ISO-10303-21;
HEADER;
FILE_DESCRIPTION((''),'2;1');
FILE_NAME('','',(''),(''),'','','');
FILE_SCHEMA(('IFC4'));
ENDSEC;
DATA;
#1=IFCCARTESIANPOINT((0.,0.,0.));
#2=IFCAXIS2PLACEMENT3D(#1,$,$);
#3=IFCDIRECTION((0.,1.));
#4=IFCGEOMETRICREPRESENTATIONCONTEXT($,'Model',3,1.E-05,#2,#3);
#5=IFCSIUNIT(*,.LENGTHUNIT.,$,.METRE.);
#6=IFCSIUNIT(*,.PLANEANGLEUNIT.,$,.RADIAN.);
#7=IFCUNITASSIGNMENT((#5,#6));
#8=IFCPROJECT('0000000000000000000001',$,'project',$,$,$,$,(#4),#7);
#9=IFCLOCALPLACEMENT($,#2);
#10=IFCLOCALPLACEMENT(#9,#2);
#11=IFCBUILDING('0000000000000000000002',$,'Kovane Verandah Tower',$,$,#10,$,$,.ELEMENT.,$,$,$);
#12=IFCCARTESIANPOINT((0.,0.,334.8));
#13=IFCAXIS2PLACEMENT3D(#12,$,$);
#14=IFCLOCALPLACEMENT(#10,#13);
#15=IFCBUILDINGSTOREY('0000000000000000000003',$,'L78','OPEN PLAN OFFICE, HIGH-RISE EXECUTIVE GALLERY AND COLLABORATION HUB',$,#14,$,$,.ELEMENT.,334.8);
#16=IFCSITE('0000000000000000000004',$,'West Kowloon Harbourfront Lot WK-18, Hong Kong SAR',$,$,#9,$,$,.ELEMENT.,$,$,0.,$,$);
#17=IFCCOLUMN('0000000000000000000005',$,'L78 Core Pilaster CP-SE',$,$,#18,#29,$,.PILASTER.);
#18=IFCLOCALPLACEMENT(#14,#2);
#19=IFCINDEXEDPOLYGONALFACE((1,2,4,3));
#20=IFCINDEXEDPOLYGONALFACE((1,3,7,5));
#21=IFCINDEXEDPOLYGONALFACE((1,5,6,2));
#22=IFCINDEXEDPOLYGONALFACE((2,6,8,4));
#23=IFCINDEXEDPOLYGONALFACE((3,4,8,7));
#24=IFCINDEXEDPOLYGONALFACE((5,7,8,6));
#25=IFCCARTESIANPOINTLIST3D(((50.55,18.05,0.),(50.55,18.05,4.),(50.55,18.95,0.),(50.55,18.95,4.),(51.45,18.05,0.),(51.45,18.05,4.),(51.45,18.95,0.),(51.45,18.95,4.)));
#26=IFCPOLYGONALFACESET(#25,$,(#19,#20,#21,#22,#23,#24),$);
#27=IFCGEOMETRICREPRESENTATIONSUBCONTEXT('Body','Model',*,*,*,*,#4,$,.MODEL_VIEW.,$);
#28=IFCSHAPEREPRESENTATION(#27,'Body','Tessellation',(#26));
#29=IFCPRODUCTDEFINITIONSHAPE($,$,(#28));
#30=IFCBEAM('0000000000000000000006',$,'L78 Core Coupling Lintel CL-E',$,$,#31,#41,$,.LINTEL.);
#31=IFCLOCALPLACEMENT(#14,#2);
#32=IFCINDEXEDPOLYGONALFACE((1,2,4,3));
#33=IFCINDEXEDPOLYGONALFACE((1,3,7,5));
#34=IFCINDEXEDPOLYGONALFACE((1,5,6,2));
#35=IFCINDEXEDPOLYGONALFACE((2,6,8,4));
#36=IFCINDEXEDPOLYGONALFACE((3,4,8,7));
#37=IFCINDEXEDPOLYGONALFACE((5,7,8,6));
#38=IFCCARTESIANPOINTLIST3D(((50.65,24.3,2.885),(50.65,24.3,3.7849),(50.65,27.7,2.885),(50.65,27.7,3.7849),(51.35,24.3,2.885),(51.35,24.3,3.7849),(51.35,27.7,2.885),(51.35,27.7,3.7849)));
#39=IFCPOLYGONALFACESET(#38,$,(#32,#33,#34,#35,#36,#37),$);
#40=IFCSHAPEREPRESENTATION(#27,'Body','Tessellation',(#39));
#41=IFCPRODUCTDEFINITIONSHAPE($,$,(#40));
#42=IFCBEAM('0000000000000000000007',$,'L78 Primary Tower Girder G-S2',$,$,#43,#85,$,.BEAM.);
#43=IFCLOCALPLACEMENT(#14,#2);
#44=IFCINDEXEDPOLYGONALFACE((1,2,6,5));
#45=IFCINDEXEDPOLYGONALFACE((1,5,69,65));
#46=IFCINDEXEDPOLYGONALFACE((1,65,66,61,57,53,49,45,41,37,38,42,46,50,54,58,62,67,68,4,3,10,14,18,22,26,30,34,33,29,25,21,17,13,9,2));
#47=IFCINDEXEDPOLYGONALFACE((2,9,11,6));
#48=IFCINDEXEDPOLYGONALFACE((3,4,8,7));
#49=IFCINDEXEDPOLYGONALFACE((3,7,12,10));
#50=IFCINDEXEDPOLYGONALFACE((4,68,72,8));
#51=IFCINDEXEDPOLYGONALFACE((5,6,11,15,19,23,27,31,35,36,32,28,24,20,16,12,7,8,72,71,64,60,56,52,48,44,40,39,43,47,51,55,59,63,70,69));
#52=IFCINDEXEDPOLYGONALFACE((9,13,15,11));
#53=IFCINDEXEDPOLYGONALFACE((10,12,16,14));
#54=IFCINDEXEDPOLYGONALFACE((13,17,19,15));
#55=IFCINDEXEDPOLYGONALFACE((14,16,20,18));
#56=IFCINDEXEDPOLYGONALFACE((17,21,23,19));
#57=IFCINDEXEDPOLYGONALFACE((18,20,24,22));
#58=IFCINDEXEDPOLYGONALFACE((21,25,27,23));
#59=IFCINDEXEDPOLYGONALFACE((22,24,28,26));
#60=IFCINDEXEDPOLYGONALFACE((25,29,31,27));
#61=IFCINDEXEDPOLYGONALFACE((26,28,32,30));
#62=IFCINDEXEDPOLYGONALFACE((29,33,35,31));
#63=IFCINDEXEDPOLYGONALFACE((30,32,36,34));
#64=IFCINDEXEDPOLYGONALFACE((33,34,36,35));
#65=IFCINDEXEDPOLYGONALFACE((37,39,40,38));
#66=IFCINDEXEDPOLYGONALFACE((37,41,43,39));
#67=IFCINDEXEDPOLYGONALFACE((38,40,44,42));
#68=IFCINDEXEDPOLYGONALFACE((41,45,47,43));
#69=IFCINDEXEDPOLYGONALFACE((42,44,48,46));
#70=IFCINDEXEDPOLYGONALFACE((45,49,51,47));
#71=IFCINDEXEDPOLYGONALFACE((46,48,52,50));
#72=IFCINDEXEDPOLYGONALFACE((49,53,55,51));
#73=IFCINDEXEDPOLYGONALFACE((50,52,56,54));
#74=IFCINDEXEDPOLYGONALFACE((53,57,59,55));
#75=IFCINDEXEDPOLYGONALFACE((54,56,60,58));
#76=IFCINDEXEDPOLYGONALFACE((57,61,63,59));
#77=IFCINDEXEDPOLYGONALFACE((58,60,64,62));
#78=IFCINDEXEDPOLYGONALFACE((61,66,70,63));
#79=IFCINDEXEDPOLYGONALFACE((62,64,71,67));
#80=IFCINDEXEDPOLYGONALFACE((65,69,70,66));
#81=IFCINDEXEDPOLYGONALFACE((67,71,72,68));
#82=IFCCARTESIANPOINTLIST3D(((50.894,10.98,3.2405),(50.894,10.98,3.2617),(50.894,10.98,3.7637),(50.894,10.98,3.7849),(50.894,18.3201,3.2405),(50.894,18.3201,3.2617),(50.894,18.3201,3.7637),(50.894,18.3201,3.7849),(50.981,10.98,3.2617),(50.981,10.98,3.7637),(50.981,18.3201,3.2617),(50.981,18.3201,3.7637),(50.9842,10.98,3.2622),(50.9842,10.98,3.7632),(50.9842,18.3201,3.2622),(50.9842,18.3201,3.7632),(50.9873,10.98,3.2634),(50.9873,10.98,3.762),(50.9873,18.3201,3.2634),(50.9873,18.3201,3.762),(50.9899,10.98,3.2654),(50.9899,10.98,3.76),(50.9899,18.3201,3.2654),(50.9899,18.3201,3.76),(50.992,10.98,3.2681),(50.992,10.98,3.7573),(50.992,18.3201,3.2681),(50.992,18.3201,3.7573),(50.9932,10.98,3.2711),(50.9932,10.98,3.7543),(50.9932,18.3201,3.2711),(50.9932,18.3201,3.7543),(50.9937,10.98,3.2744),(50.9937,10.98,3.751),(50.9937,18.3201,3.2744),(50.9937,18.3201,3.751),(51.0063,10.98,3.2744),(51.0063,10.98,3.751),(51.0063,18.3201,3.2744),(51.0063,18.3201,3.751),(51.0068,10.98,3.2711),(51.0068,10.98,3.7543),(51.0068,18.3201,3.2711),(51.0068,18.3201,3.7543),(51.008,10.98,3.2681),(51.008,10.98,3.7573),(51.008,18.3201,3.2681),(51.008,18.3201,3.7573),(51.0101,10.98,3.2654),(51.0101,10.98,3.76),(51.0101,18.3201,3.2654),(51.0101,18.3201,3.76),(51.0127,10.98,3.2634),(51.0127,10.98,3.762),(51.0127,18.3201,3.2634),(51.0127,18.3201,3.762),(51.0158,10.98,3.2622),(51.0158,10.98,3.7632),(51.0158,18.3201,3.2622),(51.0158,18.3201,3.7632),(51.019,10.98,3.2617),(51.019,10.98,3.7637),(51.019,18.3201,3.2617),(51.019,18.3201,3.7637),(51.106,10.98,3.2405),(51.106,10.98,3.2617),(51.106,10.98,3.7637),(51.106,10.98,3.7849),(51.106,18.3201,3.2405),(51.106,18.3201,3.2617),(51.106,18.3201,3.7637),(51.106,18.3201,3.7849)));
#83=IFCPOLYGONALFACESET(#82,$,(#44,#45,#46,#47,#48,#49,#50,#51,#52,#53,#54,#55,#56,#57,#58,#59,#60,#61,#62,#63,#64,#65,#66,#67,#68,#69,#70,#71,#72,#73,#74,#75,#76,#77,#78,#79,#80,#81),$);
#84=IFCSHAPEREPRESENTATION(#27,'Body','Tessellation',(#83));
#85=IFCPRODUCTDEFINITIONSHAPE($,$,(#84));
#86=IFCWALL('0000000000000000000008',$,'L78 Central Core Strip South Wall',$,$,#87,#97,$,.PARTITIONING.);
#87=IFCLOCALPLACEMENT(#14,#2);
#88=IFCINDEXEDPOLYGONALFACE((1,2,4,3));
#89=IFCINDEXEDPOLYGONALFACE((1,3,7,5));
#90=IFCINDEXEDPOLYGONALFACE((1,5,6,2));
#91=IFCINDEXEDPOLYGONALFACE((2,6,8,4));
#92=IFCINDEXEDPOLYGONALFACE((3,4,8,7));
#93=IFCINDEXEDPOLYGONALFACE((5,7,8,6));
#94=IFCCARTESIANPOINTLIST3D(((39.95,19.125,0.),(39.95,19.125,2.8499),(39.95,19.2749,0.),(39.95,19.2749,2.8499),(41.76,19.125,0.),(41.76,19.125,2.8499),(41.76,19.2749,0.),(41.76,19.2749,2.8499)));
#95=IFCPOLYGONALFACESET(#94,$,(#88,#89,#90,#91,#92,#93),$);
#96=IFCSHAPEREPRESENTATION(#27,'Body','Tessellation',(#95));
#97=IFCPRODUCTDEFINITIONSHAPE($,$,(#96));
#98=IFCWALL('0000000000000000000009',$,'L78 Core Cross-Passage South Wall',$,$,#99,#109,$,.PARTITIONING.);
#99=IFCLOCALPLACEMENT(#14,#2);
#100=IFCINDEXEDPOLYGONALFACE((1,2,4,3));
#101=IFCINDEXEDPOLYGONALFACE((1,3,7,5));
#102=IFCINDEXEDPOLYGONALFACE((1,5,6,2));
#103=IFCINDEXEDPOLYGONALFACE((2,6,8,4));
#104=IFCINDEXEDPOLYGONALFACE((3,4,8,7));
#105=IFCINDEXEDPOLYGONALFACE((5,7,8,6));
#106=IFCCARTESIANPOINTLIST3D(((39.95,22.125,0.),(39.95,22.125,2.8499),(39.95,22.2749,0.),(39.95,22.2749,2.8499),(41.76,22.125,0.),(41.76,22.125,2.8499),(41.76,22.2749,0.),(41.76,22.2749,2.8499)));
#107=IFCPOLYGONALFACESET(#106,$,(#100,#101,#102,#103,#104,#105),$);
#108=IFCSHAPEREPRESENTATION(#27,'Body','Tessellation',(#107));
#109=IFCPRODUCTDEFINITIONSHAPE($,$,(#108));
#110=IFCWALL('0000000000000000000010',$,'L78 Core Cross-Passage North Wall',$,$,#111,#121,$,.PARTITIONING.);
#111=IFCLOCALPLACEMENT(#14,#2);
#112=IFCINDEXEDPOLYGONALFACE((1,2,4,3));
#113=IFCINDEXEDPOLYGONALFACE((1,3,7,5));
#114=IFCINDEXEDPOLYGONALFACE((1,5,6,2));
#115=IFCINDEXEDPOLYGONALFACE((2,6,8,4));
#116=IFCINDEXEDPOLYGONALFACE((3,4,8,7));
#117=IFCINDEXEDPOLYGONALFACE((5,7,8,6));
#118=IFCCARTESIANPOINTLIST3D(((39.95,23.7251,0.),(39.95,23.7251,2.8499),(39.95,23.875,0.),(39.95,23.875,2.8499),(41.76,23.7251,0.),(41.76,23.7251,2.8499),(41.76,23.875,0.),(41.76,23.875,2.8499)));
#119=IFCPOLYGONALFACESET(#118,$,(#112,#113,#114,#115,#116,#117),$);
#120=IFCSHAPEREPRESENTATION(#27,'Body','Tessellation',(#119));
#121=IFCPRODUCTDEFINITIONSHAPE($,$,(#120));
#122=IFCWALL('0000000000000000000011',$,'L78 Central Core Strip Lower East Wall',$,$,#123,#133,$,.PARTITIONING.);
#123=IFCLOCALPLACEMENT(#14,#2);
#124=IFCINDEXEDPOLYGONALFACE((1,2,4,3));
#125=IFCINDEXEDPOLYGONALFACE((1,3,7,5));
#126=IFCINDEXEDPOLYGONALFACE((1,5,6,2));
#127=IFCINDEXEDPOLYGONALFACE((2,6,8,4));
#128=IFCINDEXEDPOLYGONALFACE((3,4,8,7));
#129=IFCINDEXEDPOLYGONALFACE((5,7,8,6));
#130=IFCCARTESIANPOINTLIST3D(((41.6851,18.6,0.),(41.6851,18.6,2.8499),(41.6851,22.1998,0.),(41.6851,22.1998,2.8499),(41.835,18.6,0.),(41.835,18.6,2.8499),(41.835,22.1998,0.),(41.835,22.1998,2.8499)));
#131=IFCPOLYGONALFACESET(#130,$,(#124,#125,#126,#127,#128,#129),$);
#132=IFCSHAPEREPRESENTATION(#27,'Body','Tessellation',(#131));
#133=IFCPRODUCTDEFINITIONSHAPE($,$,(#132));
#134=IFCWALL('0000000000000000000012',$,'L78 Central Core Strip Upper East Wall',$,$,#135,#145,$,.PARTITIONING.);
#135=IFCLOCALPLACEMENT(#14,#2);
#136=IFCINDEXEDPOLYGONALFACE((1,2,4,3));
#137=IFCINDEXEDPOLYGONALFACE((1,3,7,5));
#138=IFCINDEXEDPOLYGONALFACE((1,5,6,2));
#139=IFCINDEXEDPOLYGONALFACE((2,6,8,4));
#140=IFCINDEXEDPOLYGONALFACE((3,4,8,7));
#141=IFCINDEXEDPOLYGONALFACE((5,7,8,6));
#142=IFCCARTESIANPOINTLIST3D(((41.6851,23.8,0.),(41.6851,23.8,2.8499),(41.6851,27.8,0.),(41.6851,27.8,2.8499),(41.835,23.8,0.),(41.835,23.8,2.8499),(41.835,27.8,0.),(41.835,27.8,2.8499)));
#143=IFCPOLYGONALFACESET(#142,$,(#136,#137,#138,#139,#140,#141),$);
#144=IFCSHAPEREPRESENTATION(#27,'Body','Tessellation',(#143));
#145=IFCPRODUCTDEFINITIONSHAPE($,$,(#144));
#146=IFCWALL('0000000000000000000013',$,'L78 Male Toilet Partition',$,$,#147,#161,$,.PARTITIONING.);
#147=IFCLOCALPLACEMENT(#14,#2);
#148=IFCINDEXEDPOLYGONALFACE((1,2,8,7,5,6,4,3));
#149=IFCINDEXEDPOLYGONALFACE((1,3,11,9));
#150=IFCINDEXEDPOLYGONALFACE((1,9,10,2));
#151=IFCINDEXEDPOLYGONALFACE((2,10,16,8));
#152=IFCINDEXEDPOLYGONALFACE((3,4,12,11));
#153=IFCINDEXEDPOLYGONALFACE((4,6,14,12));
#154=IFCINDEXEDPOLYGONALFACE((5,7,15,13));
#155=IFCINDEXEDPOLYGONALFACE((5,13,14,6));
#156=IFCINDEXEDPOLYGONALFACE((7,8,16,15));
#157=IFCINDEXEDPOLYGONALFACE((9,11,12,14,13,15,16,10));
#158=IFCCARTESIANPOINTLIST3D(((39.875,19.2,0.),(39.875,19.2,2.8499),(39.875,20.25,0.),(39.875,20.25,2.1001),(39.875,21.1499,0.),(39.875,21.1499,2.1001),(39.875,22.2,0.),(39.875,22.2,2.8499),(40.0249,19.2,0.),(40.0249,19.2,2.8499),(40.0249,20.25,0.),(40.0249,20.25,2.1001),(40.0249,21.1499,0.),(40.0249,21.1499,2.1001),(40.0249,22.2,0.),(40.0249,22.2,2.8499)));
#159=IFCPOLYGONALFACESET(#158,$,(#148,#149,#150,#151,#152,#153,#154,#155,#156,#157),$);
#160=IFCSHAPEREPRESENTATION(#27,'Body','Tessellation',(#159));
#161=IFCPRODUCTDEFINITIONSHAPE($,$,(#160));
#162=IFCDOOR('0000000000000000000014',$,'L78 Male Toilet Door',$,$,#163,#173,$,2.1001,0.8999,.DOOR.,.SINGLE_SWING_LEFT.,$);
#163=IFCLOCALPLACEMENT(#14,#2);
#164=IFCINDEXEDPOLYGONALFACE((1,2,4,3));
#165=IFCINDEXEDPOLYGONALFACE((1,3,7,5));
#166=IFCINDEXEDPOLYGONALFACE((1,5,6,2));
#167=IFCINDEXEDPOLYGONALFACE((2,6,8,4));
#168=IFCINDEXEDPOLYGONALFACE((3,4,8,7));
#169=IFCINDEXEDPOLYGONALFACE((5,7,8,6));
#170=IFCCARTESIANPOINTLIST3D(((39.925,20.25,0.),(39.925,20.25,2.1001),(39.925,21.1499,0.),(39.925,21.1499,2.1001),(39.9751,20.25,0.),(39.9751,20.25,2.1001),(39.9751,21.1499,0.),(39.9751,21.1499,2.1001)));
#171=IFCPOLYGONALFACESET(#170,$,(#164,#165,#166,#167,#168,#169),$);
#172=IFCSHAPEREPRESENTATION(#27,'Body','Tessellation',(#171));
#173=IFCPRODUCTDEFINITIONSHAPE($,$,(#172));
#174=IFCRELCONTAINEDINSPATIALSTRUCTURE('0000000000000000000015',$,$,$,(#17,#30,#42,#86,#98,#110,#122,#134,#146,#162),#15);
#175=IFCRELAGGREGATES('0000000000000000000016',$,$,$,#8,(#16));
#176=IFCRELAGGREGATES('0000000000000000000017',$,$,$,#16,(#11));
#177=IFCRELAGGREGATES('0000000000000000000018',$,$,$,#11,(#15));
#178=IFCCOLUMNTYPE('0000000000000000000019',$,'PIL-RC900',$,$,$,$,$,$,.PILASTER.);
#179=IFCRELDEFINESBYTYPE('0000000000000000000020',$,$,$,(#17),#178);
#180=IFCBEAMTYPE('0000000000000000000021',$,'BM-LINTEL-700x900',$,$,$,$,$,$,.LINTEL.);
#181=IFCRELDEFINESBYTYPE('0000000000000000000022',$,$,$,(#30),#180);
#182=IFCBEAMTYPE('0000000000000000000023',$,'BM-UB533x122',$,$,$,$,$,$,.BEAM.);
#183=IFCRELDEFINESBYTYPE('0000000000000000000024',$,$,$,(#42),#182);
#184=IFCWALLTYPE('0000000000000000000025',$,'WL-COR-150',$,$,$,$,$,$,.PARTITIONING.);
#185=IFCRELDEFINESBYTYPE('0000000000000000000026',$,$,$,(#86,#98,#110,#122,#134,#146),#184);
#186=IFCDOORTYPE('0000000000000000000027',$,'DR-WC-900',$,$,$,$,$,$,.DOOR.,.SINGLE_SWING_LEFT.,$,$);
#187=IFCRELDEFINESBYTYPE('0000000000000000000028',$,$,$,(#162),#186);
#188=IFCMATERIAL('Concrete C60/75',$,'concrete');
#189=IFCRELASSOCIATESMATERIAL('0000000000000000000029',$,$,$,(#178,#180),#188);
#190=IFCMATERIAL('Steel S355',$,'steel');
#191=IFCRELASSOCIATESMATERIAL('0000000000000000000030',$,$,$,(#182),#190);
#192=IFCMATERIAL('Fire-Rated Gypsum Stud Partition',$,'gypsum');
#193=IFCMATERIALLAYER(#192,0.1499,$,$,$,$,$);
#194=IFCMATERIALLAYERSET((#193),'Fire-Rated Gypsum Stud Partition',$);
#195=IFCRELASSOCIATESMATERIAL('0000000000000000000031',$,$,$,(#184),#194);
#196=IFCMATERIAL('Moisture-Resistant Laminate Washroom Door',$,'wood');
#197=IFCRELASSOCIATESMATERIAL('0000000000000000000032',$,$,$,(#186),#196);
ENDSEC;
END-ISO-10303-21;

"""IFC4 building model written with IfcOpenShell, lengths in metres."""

from ifc_helpers import new_model, si_unit, direction, frame, frame_2d, origin, origin_2d, place, context, subcontext, project, spatial, rectangle, i_section, extrude, material, layer, layer_set, material_profile, profile_set, type_object, element, fill, save


model = new_model("IFC4")

# Units and contexts
model_context = context("Model", 3, precision=1e-05, world=origin(), true_north=direction((0.0, 1.0)))
body_context = subcontext(model_context, "Body", "Model", "MODEL_VIEW")
ifc_project = project(units=[si_unit("LENGTHUNIT", "METRE"), si_unit("PLANEANGLEUNIT", "RADIAN")], contexts=[model_context])

# Site, building, storey
site_placement = place(None, origin())
site = spatial("IfcSite", under=ifc_project, at=site_placement, Name="West Kowloon Harbourfront Lot WK-18, Hong Kong SAR", CompositionType="ELEMENT", RefElevation=0.0)
building_placement = place(site_placement, origin())
building = spatial("IfcBuilding", under=site, at=building_placement, Name="Kovane Verandah Tower", CompositionType="ELEMENT")
storey_placement = place(building_placement, frame((0.0, 0.0, 334.8)))
storey = spatial("IfcBuildingStorey", under=building, at=storey_placement, Name="L78", Description="OPEN PLAN OFFICE, HIGH-RISE EXECUTIVE GALLERY AND COLLABORATION HUB", CompositionType="ELEMENT", Elevation=334.8)

# Column
ifc_material_1 = material(Name="Concrete C60/75", Category="concrete")
ifc_material_profile_1 = material_profile(ifc_material_1, rectangle(XDim=0.8999, YDim=0.8999, at=origin_2d()), Name="RC900x900")
ifc_profile_set_1 = profile_set([ifc_material_profile_1], Name="Concrete C60/75")
column_type = type_object("IfcColumnType", Name="PIL-RC900", PredefinedType="PILASTER", material=ifc_profile_set_1)
column_placement = place(storey_placement, frame((51.0, 18.5, 0.0), z_axis=(0.0, 0.0, 1.0), x_axis=(1.0, 0.0, 0.0)))
element("IfcColumn", 1, at=column_placement, inside=storey, type_object=column_type, Name="L78 Core Pilaster CP-SE", PredefinedType="PILASTER", context=body_context, shape_type="SweptSolid", body=[
    extrude(rectangle(XDim=0.8999, YDim=0.8999, at=origin_2d()), origin(), (0.0, 0.0, 1.0), 4.0),
])

# Beams
ifc_material_profile_2 = material_profile(ifc_material_1, rectangle(XDim=0.7, YDim=0.8999, at=origin_2d()), Name="RCB700x900")
ifc_profile_set_2 = profile_set([ifc_material_profile_2], Name="Concrete C60/75")
beam_type_1 = type_object("IfcBeamType", Name="BM-LINTEL-700x900", PredefinedType="LINTEL", material=ifc_profile_set_2)
beam_1_placement = place(storey_placement, frame((51.0, 24.3, 3.335), z_axis=(0.0, 1.0, 0.0), x_axis=(-1.0, 0.0, 0.0)))
element("IfcBeam", 2, at=beam_1_placement, inside=storey, type_object=beam_type_1, Name="L78 Core Coupling Lintel CL-E", PredefinedType="LINTEL", context=body_context, shape_type="SweptSolid", body=[
    extrude(rectangle(XDim=0.7, YDim=0.8999, at=origin_2d()), origin(), (0.0, 0.0, 1.0), 3.3999),
])
ifc_material_2 = material(Name="Steel S355", Category="steel")
ifc_material_profile_3 = material_profile(ifc_material_2, i_section(OverallWidth=0.2119, OverallDepth=0.5444, WebThickness=0.0127, FlangeThickness=0.0212, FilletRadius=0.0127, at=origin_2d()), Name="UB533x210x122")
ifc_profile_set_3 = profile_set([ifc_material_profile_3], Name="Steel S355")
beam_type_2 = type_object("IfcBeamType", Name="BM-UB533x122", PredefinedType="BEAM", material=ifc_profile_set_3)
beam_2_placement = place(storey_placement, frame((51.0, 18.3201, 3.5127), z_axis=(0.0, -1.0, 0.0), x_axis=(1.0, 0.0, 0.0)))
element("IfcBeam", 3, at=beam_2_placement, inside=storey, type_object=beam_type_2, Name="L78 Primary Tower Girder G-S2", PredefinedType="BEAM", context=body_context, shape_type="SweptSolid", body=[
    extrude(i_section(OverallWidth=0.2119, OverallDepth=0.5444, WebThickness=0.0127, FlangeThickness=0.0212, FilletRadius=0.0127, at=origin_2d()), origin(), (0.0, 0.0, 1.0), 7.3401),
])

# Walls
ifc_material_3 = material(Name="Fire-Rated Gypsum Stud Partition", Category="gypsum")
ifc_layer_1 = layer(ifc_material_3, 0.1499)
ifc_layer_set_1 = layer_set([ifc_layer_1], Name="Fire-Rated Gypsum Stud Partition")
wall_type_1 = type_object("IfcWallType", Name="WL-COR-150", PredefinedType="PARTITIONING", material=ifc_layer_set_1)
for number, where, z_axis, x_axis, name in (
    (4, (39.95, 19.2, 0.0), (0.0, 0.0, 1.0), (1.0, 0.0, 0.0), "L78 Central Core Strip South Wall"),
    (5, (39.95, 22.2, 0.0), (0.0, 0.0, 1.0), (1.0, 0.0, 0.0), "L78 Core Cross-Passage South Wall"),
    (6, (39.95, 23.8, 0.0), (0.0, 0.0, 1.0), (1.0, 0.0, 0.0), "L78 Core Cross-Passage North Wall"),
):
    element("IfcWall", number, at=place(storey_placement, frame(where, z_axis=z_axis, x_axis=x_axis)), inside=storey, type_object=wall_type_1, Name=name, PredefinedType="PARTITIONING", context=body_context, shape_type="SweptSolid", body=[
        extrude(rectangle(XDim=1.8101, YDim=0.1499, at=frame_2d((0.905, 0.0))), origin(), (0.0, 0.0, 1.0), 2.8499),
    ])
wall_1_placement = place(storey_placement, frame((41.76, 18.6001, 0.0), z_axis=(0.0, 0.0, 1.0), x_axis=(0.0, 1.0, 0.0)))
element("IfcWall", 7, at=wall_1_placement, inside=storey, type_object=wall_type_1, Name="L78 Central Core Strip Lower East Wall", PredefinedType="PARTITIONING", context=body_context, shape_type="SweptSolid", body=[
    extrude(rectangle(XDim=3.5999, YDim=0.1499, at=frame_2d((1.7998, 0.0))), origin(), (0.0, 0.0, 1.0), 2.8499),
])
wall_2_placement = place(storey_placement, frame((41.76, 23.8, 0.0), z_axis=(0.0, 0.0, 1.0), x_axis=(0.0, 1.0, 0.0)))
element("IfcWall", 8, at=wall_2_placement, inside=storey, type_object=wall_type_1, Name="L78 Central Core Strip Upper East Wall", PredefinedType="PARTITIONING", context=body_context, shape_type="SweptSolid", body=[
    extrude(rectangle(XDim=4.0, YDim=0.1499, at=frame_2d((2.0, 0.0))), origin(), (0.0, 0.0, 1.0), 2.8499),
])

# Wall, opening, door
wall_3_placement = place(storey_placement, frame((39.95, 19.2, 0.0), z_axis=(0.0, 0.0, 1.0), x_axis=(0.0, 1.0, 0.0)))
wall_3 = element("IfcWall", 9, at=wall_3_placement, inside=storey, type_object=wall_type_1, Name="L78 Male Toilet Partition", PredefinedType="PARTITIONING", context=body_context, shape_type="SweptSolid", body=[
    extrude(rectangle(XDim=3.0, YDim=0.1499, at=frame_2d((1.5, 0.0))), origin(), (0.0, 0.0, 1.0), 2.8499),
])
opening_1_placement = place(wall_3_placement, frame((1.05, 0.0, 0.0)))
opening_1 = element("IfcOpeningElement", 10, at=opening_1_placement, cuts=wall_3, PredefinedType="OPENING", context=body_context, shape_type="SweptSolid", body=[
    extrude(rectangle(XDim=0.8999, YDim=2.1001, at=frame_2d((0.45, 1.05))), frame((0.0, 0.075, 0.0), z_axis=(0.0, -1.0, 0.0), x_axis=(1.0, 0.0, 0.0)), (0.0, 0.0, 1.0), 0.1499),
])
ifc_material_4 = material(Name="Moisture-Resistant Laminate Washroom Door", Category="wood")
door_type_1 = type_object("IfcDoorType", Name="DR-WC-900", OperationType="SINGLE_SWING_LEFT", PredefinedType="DOOR", material=ifc_material_4)
door_1_placement = place(opening_1_placement, origin())
door_1 = element("IfcDoor", 11, at=door_1_placement, inside=storey, type_object=door_type_1, Name="L78 Male Toilet Door", OperationType="SINGLE_SWING_LEFT", OverallHeight=2.1001, OverallWidth=0.8999, PredefinedType="DOOR", context=body_context, shape_type="SweptSolid", body=[
    extrude(rectangle(XDim=0.8999, YDim=2.1001, at=frame_2d((0.45, 1.05))), frame((0.0, 0.0249, 0.0), z_axis=(0.0, -1.0, 0.0), x_axis=(1.0, 0.0, 0.0)), (0.0, 0.0, 1.0), 0.05),
])
fill(opening_1, door_1)

save(model, "model.ifc")
